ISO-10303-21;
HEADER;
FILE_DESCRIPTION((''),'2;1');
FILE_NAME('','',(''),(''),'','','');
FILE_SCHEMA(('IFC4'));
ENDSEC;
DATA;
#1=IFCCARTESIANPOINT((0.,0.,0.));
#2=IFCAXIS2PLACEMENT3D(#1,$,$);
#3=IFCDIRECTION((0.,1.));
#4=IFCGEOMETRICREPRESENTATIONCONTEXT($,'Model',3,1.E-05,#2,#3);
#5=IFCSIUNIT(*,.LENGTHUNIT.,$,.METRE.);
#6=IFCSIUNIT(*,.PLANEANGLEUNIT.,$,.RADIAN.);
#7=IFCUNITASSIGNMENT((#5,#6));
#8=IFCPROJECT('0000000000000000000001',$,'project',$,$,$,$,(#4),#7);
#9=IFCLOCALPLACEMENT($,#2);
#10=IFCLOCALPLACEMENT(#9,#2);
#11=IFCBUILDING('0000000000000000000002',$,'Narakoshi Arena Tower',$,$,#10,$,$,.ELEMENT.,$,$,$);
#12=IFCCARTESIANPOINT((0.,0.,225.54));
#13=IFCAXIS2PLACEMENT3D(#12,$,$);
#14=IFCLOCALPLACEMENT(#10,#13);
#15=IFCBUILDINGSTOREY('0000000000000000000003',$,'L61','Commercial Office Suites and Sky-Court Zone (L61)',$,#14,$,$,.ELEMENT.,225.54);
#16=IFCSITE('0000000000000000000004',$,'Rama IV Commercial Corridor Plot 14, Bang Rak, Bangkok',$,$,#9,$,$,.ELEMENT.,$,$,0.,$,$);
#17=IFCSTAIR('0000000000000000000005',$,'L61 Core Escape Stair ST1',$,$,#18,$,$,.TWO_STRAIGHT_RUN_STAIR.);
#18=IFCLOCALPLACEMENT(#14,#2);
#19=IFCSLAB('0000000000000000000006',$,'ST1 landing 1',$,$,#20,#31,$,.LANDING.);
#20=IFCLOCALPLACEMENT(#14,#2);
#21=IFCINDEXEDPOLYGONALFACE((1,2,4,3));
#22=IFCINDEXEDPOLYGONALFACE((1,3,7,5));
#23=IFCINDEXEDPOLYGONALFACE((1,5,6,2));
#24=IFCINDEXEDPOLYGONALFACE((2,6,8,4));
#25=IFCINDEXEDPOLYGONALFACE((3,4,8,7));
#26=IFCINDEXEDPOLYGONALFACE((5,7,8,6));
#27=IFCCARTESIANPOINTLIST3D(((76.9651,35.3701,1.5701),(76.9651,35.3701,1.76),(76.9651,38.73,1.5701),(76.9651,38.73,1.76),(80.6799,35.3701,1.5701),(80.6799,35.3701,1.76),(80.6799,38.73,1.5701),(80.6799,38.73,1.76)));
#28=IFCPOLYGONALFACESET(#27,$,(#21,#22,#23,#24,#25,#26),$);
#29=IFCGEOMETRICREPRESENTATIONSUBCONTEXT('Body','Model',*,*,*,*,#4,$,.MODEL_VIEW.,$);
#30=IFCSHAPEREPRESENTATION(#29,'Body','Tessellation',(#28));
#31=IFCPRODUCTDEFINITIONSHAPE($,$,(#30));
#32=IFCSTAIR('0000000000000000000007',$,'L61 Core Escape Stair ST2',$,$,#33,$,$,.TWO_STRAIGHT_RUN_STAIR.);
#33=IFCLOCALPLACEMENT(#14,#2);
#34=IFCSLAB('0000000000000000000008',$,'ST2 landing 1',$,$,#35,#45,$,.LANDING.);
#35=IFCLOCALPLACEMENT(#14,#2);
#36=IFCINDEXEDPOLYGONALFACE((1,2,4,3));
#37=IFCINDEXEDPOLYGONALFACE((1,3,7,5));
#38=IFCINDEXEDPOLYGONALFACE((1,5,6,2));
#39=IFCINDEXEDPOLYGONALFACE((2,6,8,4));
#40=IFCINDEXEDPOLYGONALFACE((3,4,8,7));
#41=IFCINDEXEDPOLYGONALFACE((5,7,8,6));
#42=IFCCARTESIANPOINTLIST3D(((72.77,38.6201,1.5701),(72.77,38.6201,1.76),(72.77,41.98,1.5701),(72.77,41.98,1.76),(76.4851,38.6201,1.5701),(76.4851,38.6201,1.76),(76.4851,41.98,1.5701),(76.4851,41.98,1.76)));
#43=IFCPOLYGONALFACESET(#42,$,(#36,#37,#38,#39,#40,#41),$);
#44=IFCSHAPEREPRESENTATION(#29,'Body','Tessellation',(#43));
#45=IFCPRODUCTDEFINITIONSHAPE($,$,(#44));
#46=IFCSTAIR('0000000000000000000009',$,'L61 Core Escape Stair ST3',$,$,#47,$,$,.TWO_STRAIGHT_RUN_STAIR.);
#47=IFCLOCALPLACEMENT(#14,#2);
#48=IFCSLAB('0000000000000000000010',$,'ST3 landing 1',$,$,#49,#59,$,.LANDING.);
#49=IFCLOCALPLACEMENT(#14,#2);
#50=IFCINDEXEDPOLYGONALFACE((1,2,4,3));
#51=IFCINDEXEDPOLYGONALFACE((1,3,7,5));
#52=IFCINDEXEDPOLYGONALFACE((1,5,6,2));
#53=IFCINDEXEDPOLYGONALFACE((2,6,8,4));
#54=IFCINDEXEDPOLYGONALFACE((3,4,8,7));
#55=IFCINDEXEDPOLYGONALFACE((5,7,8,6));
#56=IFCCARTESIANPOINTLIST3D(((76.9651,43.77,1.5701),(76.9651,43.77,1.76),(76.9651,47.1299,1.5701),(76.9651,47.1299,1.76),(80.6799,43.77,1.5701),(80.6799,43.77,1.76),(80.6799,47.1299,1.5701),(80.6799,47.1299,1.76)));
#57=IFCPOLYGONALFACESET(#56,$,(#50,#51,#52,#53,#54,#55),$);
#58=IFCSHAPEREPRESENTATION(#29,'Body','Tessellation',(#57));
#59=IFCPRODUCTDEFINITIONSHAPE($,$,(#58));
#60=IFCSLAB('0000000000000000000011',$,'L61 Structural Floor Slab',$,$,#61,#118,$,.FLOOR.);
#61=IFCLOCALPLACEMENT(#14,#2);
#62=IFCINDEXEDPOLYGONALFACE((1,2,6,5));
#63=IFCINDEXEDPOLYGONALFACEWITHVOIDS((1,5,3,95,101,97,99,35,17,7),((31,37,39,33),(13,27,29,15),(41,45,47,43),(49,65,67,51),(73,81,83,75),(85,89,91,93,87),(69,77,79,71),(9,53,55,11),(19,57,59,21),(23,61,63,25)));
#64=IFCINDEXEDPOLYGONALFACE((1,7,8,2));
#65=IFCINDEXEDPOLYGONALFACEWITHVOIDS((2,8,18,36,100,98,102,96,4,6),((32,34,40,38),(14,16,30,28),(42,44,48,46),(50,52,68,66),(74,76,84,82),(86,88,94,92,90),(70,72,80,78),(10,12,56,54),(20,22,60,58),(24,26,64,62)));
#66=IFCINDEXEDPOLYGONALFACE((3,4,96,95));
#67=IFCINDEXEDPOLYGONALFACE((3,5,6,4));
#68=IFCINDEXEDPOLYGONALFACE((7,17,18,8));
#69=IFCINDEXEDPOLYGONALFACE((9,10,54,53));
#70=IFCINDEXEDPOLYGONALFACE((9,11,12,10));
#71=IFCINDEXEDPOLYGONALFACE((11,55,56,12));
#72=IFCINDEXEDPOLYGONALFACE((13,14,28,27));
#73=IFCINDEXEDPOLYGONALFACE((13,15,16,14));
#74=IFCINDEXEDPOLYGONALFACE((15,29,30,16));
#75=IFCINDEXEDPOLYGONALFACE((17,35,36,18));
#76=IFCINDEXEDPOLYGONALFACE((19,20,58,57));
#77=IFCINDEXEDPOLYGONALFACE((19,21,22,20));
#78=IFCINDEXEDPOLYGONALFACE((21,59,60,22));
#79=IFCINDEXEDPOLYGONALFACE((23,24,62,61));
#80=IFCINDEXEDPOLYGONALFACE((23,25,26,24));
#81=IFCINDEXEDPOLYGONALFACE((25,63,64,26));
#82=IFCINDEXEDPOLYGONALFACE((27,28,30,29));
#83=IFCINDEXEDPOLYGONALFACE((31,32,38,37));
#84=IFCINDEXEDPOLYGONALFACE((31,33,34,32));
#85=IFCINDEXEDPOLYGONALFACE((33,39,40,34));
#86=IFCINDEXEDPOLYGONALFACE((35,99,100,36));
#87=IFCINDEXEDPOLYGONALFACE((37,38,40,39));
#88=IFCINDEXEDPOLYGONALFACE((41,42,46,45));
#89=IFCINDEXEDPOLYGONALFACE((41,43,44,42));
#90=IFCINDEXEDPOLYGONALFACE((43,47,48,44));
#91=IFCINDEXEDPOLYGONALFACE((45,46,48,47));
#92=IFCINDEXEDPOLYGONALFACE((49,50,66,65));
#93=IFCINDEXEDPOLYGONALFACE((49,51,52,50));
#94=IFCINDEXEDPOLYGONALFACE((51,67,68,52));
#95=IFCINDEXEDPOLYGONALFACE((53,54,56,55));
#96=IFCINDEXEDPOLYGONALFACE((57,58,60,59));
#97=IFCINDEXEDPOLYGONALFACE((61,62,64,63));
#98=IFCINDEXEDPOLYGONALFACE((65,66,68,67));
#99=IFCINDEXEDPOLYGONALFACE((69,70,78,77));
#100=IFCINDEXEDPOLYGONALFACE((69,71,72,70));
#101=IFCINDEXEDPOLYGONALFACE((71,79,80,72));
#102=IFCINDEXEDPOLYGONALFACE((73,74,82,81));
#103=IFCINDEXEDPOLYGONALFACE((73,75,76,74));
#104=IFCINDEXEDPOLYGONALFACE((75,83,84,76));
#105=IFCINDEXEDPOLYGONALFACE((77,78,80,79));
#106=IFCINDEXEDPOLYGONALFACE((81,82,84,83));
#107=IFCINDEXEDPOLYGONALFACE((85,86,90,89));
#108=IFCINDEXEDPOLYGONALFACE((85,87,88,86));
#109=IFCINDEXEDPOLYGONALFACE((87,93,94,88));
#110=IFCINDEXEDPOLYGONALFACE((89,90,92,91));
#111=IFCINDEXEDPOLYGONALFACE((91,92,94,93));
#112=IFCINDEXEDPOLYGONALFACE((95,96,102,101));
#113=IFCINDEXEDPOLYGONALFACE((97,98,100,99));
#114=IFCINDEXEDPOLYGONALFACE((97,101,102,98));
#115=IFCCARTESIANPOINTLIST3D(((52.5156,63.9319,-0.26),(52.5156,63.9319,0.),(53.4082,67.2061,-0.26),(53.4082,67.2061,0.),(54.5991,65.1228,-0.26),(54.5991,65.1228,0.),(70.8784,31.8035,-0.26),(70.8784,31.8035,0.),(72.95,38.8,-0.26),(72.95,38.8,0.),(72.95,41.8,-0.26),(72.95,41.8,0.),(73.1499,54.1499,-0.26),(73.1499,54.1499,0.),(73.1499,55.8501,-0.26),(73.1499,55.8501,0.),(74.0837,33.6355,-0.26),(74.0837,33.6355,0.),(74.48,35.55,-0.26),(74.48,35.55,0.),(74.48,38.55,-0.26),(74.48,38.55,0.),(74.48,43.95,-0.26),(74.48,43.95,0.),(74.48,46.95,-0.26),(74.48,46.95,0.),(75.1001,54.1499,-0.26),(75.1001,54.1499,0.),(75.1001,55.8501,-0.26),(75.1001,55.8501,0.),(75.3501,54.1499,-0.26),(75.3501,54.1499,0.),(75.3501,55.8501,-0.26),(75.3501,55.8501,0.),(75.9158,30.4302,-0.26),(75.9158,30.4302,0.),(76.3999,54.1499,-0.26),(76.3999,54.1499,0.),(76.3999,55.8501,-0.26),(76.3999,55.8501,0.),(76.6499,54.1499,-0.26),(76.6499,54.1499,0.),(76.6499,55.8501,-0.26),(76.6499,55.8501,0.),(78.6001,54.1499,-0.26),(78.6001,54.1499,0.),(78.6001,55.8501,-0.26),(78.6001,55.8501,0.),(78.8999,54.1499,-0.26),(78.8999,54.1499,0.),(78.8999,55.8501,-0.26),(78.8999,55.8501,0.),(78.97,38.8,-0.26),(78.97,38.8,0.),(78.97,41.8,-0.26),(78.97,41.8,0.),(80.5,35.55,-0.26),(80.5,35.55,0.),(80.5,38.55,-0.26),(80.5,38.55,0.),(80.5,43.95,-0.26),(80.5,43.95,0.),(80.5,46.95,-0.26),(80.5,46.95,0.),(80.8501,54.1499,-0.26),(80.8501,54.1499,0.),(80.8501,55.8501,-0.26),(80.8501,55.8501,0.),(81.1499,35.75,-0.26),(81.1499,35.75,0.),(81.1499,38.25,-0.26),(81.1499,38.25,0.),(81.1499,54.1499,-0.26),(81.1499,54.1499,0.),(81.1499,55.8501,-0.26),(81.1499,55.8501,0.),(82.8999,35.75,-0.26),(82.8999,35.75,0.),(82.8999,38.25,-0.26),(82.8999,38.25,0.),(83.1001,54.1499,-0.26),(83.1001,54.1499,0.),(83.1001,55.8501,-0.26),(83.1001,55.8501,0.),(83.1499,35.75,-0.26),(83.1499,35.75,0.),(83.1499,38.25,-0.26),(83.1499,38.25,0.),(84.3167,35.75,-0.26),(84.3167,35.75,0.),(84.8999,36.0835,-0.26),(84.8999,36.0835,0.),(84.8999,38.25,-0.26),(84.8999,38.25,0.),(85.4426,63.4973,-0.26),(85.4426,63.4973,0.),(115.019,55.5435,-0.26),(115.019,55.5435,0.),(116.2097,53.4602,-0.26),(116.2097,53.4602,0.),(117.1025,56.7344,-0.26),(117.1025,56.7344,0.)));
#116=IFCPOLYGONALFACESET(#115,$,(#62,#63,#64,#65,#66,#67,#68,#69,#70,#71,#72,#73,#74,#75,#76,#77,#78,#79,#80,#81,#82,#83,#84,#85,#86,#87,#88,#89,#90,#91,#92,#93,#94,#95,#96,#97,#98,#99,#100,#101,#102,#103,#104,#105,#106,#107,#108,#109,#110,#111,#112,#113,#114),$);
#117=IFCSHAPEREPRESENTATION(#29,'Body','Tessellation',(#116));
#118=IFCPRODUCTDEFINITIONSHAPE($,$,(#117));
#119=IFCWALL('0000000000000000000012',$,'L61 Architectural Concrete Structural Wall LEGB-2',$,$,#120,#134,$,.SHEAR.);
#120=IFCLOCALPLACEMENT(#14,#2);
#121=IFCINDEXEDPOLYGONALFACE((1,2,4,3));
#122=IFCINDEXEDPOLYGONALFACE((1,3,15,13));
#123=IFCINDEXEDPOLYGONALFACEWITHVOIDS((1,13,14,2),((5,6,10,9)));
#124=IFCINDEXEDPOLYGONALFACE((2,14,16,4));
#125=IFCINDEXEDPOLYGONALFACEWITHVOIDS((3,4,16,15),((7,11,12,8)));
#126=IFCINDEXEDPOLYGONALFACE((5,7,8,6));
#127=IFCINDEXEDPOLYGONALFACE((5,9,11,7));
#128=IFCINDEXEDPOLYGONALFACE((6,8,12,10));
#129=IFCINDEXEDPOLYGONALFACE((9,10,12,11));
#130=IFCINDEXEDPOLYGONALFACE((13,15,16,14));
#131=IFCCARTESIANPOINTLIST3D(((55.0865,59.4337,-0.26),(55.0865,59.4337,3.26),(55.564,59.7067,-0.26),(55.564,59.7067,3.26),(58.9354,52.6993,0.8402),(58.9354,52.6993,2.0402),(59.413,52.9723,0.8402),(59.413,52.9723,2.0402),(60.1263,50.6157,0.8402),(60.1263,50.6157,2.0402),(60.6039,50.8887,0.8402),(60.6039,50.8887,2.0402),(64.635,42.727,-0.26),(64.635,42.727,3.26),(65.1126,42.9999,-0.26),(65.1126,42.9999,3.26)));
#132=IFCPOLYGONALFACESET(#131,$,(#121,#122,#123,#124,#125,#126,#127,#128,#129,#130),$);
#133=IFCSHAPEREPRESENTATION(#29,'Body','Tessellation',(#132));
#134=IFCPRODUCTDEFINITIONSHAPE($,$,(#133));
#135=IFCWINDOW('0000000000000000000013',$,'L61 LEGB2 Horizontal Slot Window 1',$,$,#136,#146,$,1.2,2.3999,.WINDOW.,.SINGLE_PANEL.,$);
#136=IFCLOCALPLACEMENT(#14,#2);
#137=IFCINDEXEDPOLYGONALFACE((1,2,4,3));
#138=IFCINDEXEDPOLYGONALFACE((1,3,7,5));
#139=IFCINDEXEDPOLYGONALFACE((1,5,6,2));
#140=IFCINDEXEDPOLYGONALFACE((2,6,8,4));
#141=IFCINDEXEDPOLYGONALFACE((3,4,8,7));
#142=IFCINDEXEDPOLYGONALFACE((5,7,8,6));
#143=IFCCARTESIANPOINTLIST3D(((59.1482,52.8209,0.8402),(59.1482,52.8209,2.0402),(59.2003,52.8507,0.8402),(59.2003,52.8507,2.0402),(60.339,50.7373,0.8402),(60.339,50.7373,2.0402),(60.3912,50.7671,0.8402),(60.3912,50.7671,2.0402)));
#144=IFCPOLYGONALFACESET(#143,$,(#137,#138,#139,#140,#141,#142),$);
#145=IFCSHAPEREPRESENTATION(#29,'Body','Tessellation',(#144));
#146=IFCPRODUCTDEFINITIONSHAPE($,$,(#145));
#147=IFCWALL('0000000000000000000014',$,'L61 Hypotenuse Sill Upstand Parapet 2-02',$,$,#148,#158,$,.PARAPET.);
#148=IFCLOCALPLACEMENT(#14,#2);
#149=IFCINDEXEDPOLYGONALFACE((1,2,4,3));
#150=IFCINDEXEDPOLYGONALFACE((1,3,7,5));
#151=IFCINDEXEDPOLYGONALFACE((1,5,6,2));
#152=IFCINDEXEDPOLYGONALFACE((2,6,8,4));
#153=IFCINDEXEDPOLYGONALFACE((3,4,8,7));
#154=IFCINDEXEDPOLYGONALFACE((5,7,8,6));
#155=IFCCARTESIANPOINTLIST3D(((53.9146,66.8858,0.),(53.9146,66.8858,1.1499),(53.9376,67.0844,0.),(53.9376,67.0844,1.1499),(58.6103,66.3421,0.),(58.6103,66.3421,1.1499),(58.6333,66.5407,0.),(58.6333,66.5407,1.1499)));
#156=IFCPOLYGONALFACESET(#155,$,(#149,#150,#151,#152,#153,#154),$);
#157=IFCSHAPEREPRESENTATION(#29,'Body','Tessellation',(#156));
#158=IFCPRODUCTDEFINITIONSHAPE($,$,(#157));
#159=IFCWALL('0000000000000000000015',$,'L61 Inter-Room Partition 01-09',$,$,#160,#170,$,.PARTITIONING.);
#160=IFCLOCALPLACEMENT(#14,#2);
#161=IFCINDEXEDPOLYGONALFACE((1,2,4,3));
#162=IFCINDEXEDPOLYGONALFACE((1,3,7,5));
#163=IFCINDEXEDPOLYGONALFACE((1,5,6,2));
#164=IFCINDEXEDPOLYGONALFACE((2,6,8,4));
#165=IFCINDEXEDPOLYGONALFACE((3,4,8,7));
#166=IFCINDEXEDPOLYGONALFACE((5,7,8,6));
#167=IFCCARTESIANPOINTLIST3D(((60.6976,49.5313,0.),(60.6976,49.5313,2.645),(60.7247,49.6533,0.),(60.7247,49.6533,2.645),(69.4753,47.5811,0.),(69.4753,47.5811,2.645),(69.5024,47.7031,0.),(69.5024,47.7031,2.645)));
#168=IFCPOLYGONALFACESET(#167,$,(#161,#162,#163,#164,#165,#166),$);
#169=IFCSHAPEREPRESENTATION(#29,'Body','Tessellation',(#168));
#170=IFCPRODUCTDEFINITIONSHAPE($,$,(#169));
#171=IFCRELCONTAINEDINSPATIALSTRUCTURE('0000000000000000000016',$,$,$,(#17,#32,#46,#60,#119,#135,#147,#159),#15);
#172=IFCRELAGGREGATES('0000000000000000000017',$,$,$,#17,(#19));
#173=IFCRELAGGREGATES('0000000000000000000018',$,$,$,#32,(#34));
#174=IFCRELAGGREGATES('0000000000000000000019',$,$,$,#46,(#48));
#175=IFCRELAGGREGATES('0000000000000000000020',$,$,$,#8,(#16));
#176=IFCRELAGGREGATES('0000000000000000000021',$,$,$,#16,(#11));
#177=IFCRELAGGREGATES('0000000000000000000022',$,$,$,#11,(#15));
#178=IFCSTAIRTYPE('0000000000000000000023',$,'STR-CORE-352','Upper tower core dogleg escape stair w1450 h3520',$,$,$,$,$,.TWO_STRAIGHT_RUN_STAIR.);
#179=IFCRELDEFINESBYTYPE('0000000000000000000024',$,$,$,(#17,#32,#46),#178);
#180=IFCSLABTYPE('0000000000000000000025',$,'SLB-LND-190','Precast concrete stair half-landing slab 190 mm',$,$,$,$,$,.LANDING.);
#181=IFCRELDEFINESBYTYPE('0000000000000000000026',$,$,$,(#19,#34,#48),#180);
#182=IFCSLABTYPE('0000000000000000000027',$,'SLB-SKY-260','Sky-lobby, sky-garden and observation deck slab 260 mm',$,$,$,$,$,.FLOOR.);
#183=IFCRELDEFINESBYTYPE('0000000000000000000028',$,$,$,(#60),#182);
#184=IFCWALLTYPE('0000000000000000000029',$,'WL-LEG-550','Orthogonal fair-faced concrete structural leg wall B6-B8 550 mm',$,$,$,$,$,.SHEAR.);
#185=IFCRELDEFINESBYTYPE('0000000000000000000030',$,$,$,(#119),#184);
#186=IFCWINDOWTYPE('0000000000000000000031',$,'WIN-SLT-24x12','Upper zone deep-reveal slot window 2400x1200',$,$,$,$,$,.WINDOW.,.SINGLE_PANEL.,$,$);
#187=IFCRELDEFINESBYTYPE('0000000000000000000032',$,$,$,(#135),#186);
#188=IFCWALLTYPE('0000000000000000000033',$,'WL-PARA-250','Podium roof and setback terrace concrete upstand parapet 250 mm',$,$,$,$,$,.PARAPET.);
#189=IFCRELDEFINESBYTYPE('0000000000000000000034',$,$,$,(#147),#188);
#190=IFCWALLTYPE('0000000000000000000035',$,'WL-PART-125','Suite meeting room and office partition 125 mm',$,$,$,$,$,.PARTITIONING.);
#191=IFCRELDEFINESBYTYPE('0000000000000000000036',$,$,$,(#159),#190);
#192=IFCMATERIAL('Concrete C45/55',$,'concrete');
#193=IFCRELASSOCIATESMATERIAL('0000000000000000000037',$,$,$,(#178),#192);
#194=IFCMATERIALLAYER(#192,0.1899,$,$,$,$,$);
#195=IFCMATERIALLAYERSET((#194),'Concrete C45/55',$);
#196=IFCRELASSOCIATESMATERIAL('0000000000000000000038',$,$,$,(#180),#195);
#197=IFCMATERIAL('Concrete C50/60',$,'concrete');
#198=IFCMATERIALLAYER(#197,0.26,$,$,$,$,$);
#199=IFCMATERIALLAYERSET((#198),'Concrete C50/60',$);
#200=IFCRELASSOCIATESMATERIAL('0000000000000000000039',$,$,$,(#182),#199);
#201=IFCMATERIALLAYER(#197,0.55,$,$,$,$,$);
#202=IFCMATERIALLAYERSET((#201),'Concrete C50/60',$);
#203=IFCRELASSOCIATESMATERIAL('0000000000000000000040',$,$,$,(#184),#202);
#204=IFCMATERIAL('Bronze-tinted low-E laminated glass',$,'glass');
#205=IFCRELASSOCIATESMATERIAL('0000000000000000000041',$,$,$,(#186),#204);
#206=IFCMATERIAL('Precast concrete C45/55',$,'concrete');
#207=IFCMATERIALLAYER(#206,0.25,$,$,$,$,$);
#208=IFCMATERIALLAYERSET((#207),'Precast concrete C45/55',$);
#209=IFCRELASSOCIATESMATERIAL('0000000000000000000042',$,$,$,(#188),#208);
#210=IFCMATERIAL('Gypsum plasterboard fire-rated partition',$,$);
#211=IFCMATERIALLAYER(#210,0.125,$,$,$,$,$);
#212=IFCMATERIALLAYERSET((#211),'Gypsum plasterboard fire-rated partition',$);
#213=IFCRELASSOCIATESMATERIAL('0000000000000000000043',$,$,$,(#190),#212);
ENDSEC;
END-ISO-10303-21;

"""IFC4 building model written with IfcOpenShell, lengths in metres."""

from ifc_helpers import new_model, si_unit, direction, frame, frame_2d, origin, place, context, subcontext, project, spatial, polyline, rectangle, outline, extrude, material, layer, layer_set, type_object, element, fill, aggregate, save


model = new_model("IFC4")

# Units and contexts
model_context = context("Model", 3, precision=1e-05, world=origin(), true_north=direction((0.0, 1.0)))
body_context = subcontext(model_context, "Body", "Model", "MODEL_VIEW")
ifc_project = project(units=[si_unit("LENGTHUNIT", "METRE"), si_unit("PLANEANGLEUNIT", "RADIAN")], contexts=[model_context])

# Site, building, storey
site_placement = place(None, origin())
site = spatial("IfcSite", under=ifc_project, at=site_placement, Name="Rama IV Commercial Corridor Plot 14, Bang Rak, Bangkok", CompositionType="ELEMENT", RefElevation=0.0)
building_placement = place(site_placement, origin())
building = spatial("IfcBuilding", under=site, at=building_placement, Name="Narakoshi Arena Tower", CompositionType="ELEMENT")
storey_placement = place(building_placement, frame((0.0, 0.0, 225.54)))
storey = spatial("IfcBuildingStorey", under=building, at=storey_placement, Name="L61", Description="Commercial Office Suites and Sky-Court Zone (L61)", CompositionType="ELEMENT", Elevation=225.54)

# Shared definitions
ifc_material_1 = material(Name="Concrete C50/60", Category="concrete")

# Shared definitions
ifc_material_2 = material(Name="Bronze-tinted low-E laminated glass", Category="glass")

# Stairs, slabs
ifc_material_3 = material(Name="Concrete C45/55", Category="concrete")
stair_type = type_object("IfcStairType", Name="STR-CORE-352", Description="Upper tower core dogleg escape stair w1450 h3520", PredefinedType="TWO_STRAIGHT_RUN_STAIR", material=ifc_material_3)
stair_1_placement = place(storey_placement, origin())
stair_1 = element("IfcStair", 1, at=stair_1_placement, inside=storey, type_object=stair_type, Name="L61 Core Escape Stair ST1", PredefinedType="TWO_STRAIGHT_RUN_STAIR")
ifc_layer_1 = layer(ifc_material_3, 0.1899)
ifc_layer_set_1 = layer_set([ifc_layer_1], Name="Concrete C45/55")
slab_type_1 = type_object("IfcSlabType", Name="SLB-LND-190", Description="Precast concrete stair half-landing slab 190 mm", PredefinedType="LANDING", material=ifc_layer_set_1)
slab_1_placement = place(storey_placement, frame((0.0, 0.0, 1.5701)))
slab_1 = element("IfcSlab", 2, at=slab_1_placement, type_object=slab_type_1, Name="ST1 landing 1", PredefinedType="LANDING", context=body_context, shape_type="SweptSolid", body=[
    extrude(outline(polyline([(76.9651, 35.3701), (80.6799, 35.3701), (80.6799, 38.73), (76.9651, 38.73), (76.9651, 35.3701)])), origin(), (0.0, 0.0, 1.0), 0.1899),
])
aggregate(stair_1, [slab_1])
stair_2_placement = place(storey_placement, origin())
stair_2 = element("IfcStair", 3, at=stair_2_placement, inside=storey, type_object=stair_type, Name="L61 Core Escape Stair ST2", PredefinedType="TWO_STRAIGHT_RUN_STAIR")
slab_2_placement = place(storey_placement, frame((0.0, 0.0, 1.5701)))
slab_2 = element("IfcSlab", 4, at=slab_2_placement, type_object=slab_type_1, Name="ST2 landing 1", PredefinedType="LANDING", context=body_context, shape_type="SweptSolid", body=[
    extrude(outline(polyline([(72.77, 38.6201), (76.4851, 38.6201), (76.4851, 41.98), (72.77, 41.98), (72.77, 38.6201)])), origin(), (0.0, 0.0, 1.0), 0.1899),
])
aggregate(stair_2, [slab_2])
stair_3_placement = place(storey_placement, origin())
stair_3 = element("IfcStair", 5, at=stair_3_placement, inside=storey, type_object=stair_type, Name="L61 Core Escape Stair ST3", PredefinedType="TWO_STRAIGHT_RUN_STAIR")
slab_3_placement = place(storey_placement, frame((0.0, 0.0, 1.5701)))
slab_3 = element("IfcSlab", 6, at=slab_3_placement, type_object=slab_type_1, Name="ST3 landing 1", PredefinedType="LANDING", context=body_context, shape_type="SweptSolid", body=[
    extrude(outline(polyline([(76.9651, 43.77), (80.6799, 43.77), (80.6799, 47.1299), (76.9651, 47.1299), (76.9651, 43.77)])), origin(), (0.0, 0.0, 1.0), 0.1899),
])
aggregate(stair_3, [slab_3])

# Slab
ifc_layer_2 = layer(ifc_material_1, 0.26)
ifc_layer_set_2 = layer_set([ifc_layer_2], Name="Concrete C50/60")
slab_type_2 = type_object("IfcSlabType", Name="SLB-SKY-260", Description="Sky-lobby, sky-garden and observation deck slab 260 mm", PredefinedType="FLOOR", material=ifc_layer_set_2)
slab_4_placement = place(storey_placement, frame((0.0, 0.0, -0.26)))
element("IfcSlab", 7, at=slab_4_placement, inside=storey, type_object=slab_type_2, Name="L61 Structural Floor Slab", PredefinedType="FLOOR", context=body_context, shape_type="SweptSolid", body=[
    extrude(outline(polyline([(75.9158, 30.4302), (116.2097, 53.4602), (115.019, 55.5435), (117.1025, 56.7344), (85.4426, 63.4973), (53.4082, 67.2061), (54.5991, 65.1228), (52.5156, 63.9319), (70.8784, 31.8035), (74.0837, 33.6355), (75.9158, 30.4302)]), holes=[polyline([(80.5, 35.55), (74.48, 35.55), (74.48, 38.55), (80.5, 38.55), (80.5, 35.55)]), polyline([(82.8999, 35.75), (81.1499, 35.75), (81.1499, 38.25), (82.8999, 38.25), (82.8999, 35.75)]), polyline([(84.8999, 36.0835), (84.3167, 35.75), (83.1499, 35.75), (83.1499, 38.25), (84.8999, 38.25), (84.8999, 36.0835)]), polyline([(72.95, 38.8), (72.95, 41.8), (78.97, 41.8), (78.97, 38.8), (72.95, 38.8)]), polyline([(74.48, 43.95), (74.48, 46.95), (80.5, 46.95), (80.5, 43.95), (74.48, 43.95)]), polyline([(75.1001, 54.1499), (73.1499, 54.1499), (73.1499, 55.8501), (75.1001, 55.8501), (75.1001, 54.1499)]), polyline([(76.3999, 54.1499), (75.3501, 54.1499), (75.3501, 55.8501), (76.3999, 55.8501), (76.3999, 54.1499)]), polyline([(78.6001, 54.1499), (76.6499, 54.1499), (76.6499, 55.8501), (78.6001, 55.8501), (78.6001, 54.1499)]), polyline([(78.8999, 54.1499), (78.8999, 55.8501), (80.8501, 55.8501), (80.8501, 54.1499), (78.8999, 54.1499)]), polyline([(81.1499, 54.1499), (81.1499, 55.8501), (83.1001, 55.8501), (83.1001, 54.1499), (81.1499, 54.1499)])]), origin(), (0.0, 0.0, 1.0), 0.26),
])

# Wall, opening, window
ifc_layer_3 = layer(ifc_material_1, 0.55)
ifc_layer_set_3 = layer_set([ifc_layer_3], Name="Concrete C50/60")
wall_type_1 = type_object("IfcWallType", Name="WL-LEG-550", Description="Orthogonal fair-faced concrete structural leg wall B6-B8 550 mm", PredefinedType="SHEAR", material=ifc_layer_set_3)
wall_1_placement = place(storey_placement, frame((55.3252, 59.5703, -0.26), z_axis=(0.0, 0.0, 1.0), x_axis=(0.496211, -0.868202, 0.0)))
wall_1 = element("IfcWall", 8, at=wall_1_placement, inside=storey, type_object=wall_type_1, Name="L61 Architectural Concrete Structural Wall LEGB-2", PredefinedType="SHEAR", context=body_context, shape_type="SweptSolid", body=[
    extrude(rectangle(XDim=19.2429, YDim=0.55, at=frame_2d((9.6216, 0.0))), origin(), (0.0, 0.0, 1.0), 3.52),
])
opening_1_placement = place(wall_1_placement, frame((7.7568, 0.0, 1.1001)))
opening_1 = element("IfcOpeningElement", 9, at=opening_1_placement, cuts=wall_1, PredefinedType="OPENING", context=body_context, shape_type="SweptSolid", body=[
    extrude(rectangle(XDim=2.3999, YDim=1.2, at=frame_2d((1.2, 0.6001))), frame((0.0, 0.2849, 0.0), z_axis=(0.0, -1.0, 0.0), x_axis=(1.0, 0.0, 0.0)), (0.0, 0.0, 1.0), 0.5701),
])
window_type_1 = type_object("IfcWindowType", Name="WIN-SLT-24x12", Description="Upper zone deep-reveal slot window 2400x1200", PartitioningType="SINGLE_PANEL", PredefinedType="WINDOW", material=ifc_material_2)
window_1_placement = place(opening_1_placement, origin())
window_1 = element("IfcWindow", 10, at=window_1_placement, inside=storey, type_object=window_type_1, Name="L61 LEGB2 Horizontal Slot Window 1", OverallHeight=1.2, OverallWidth=2.3999, PartitioningType="SINGLE_PANEL", PredefinedType="WINDOW", context=body_context, shape_type="SweptSolid", body=[
    extrude(rectangle(XDim=2.3999, YDim=1.2, at=frame_2d((1.2, 0.6001))), frame((0.0, 0.03, 0.0), z_axis=(0.0, -1.0, 0.0), x_axis=(1.0, 0.0, 0.0)), (0.0, 0.0, 1.0), 0.0601),
])
fill(opening_1, window_1)

# Walls
ifc_material_4 = material(Name="Precast concrete C45/55", Category="concrete")
ifc_layer_4 = layer(ifc_material_4, 0.25)
ifc_layer_set_4 = layer_set([ifc_layer_4], Name="Precast concrete C45/55")
wall_type_2 = type_object("IfcWallType", Name="WL-PARA-250", Description="Podium roof and setback terrace concrete upstand parapet 250 mm", PredefinedType="PARAPET", material=ifc_layer_set_4)
wall_2_placement = place(storey_placement, frame((58.6218, 66.4414, 0.0), z_axis=(0.0, 0.0, 1.0), x_axis=(-0.993363, 0.115022, 0.0)))
element("IfcWall", 11, at=wall_2_placement, inside=storey, type_object=wall_type_2, Name="L61 Hypotenuse Sill Upstand Parapet 2-02", PredefinedType="PARAPET", context=body_context, shape_type="SweptSolid", body=[
    extrude(rectangle(XDim=4.7271, YDim=0.2, at=frame_2d((2.3635, 0.0))), origin(), (0.0, 0.0, 1.0), 1.1499),
])
ifc_material_5 = material(Name="Gypsum plasterboard fire-rated partition")
ifc_layer_5 = layer(ifc_material_5, 0.125)
ifc_layer_set_5 = layer_set([ifc_layer_5], Name="Gypsum plasterboard fire-rated partition")
wall_type_3 = type_object("IfcWallType", Name="WL-PART-125", Description="Suite meeting room and office partition 125 mm", PredefinedType="PARTITIONING", material=ifc_layer_set_5)
wall_3_placement = place(storey_placement, frame((60.7112, 49.5923, 0.0), z_axis=(0.0, 0.0, 1.0), x_axis=(0.976196, -0.21689, 0.0)))
element("IfcWall", 12, at=wall_3_placement, inside=storey, type_object=wall_type_3, Name="L61 Inter-Room Partition 01-09", PredefinedType="PARTITIONING", context=body_context, shape_type="SweptSolid", body=[
    extrude(rectangle(XDim=8.9917, YDim=0.125, at=frame_2d((4.4958, 0.0))), origin(), (0.0, 0.0, 1.0), 2.645),
])

save(model, "model.ifc")
